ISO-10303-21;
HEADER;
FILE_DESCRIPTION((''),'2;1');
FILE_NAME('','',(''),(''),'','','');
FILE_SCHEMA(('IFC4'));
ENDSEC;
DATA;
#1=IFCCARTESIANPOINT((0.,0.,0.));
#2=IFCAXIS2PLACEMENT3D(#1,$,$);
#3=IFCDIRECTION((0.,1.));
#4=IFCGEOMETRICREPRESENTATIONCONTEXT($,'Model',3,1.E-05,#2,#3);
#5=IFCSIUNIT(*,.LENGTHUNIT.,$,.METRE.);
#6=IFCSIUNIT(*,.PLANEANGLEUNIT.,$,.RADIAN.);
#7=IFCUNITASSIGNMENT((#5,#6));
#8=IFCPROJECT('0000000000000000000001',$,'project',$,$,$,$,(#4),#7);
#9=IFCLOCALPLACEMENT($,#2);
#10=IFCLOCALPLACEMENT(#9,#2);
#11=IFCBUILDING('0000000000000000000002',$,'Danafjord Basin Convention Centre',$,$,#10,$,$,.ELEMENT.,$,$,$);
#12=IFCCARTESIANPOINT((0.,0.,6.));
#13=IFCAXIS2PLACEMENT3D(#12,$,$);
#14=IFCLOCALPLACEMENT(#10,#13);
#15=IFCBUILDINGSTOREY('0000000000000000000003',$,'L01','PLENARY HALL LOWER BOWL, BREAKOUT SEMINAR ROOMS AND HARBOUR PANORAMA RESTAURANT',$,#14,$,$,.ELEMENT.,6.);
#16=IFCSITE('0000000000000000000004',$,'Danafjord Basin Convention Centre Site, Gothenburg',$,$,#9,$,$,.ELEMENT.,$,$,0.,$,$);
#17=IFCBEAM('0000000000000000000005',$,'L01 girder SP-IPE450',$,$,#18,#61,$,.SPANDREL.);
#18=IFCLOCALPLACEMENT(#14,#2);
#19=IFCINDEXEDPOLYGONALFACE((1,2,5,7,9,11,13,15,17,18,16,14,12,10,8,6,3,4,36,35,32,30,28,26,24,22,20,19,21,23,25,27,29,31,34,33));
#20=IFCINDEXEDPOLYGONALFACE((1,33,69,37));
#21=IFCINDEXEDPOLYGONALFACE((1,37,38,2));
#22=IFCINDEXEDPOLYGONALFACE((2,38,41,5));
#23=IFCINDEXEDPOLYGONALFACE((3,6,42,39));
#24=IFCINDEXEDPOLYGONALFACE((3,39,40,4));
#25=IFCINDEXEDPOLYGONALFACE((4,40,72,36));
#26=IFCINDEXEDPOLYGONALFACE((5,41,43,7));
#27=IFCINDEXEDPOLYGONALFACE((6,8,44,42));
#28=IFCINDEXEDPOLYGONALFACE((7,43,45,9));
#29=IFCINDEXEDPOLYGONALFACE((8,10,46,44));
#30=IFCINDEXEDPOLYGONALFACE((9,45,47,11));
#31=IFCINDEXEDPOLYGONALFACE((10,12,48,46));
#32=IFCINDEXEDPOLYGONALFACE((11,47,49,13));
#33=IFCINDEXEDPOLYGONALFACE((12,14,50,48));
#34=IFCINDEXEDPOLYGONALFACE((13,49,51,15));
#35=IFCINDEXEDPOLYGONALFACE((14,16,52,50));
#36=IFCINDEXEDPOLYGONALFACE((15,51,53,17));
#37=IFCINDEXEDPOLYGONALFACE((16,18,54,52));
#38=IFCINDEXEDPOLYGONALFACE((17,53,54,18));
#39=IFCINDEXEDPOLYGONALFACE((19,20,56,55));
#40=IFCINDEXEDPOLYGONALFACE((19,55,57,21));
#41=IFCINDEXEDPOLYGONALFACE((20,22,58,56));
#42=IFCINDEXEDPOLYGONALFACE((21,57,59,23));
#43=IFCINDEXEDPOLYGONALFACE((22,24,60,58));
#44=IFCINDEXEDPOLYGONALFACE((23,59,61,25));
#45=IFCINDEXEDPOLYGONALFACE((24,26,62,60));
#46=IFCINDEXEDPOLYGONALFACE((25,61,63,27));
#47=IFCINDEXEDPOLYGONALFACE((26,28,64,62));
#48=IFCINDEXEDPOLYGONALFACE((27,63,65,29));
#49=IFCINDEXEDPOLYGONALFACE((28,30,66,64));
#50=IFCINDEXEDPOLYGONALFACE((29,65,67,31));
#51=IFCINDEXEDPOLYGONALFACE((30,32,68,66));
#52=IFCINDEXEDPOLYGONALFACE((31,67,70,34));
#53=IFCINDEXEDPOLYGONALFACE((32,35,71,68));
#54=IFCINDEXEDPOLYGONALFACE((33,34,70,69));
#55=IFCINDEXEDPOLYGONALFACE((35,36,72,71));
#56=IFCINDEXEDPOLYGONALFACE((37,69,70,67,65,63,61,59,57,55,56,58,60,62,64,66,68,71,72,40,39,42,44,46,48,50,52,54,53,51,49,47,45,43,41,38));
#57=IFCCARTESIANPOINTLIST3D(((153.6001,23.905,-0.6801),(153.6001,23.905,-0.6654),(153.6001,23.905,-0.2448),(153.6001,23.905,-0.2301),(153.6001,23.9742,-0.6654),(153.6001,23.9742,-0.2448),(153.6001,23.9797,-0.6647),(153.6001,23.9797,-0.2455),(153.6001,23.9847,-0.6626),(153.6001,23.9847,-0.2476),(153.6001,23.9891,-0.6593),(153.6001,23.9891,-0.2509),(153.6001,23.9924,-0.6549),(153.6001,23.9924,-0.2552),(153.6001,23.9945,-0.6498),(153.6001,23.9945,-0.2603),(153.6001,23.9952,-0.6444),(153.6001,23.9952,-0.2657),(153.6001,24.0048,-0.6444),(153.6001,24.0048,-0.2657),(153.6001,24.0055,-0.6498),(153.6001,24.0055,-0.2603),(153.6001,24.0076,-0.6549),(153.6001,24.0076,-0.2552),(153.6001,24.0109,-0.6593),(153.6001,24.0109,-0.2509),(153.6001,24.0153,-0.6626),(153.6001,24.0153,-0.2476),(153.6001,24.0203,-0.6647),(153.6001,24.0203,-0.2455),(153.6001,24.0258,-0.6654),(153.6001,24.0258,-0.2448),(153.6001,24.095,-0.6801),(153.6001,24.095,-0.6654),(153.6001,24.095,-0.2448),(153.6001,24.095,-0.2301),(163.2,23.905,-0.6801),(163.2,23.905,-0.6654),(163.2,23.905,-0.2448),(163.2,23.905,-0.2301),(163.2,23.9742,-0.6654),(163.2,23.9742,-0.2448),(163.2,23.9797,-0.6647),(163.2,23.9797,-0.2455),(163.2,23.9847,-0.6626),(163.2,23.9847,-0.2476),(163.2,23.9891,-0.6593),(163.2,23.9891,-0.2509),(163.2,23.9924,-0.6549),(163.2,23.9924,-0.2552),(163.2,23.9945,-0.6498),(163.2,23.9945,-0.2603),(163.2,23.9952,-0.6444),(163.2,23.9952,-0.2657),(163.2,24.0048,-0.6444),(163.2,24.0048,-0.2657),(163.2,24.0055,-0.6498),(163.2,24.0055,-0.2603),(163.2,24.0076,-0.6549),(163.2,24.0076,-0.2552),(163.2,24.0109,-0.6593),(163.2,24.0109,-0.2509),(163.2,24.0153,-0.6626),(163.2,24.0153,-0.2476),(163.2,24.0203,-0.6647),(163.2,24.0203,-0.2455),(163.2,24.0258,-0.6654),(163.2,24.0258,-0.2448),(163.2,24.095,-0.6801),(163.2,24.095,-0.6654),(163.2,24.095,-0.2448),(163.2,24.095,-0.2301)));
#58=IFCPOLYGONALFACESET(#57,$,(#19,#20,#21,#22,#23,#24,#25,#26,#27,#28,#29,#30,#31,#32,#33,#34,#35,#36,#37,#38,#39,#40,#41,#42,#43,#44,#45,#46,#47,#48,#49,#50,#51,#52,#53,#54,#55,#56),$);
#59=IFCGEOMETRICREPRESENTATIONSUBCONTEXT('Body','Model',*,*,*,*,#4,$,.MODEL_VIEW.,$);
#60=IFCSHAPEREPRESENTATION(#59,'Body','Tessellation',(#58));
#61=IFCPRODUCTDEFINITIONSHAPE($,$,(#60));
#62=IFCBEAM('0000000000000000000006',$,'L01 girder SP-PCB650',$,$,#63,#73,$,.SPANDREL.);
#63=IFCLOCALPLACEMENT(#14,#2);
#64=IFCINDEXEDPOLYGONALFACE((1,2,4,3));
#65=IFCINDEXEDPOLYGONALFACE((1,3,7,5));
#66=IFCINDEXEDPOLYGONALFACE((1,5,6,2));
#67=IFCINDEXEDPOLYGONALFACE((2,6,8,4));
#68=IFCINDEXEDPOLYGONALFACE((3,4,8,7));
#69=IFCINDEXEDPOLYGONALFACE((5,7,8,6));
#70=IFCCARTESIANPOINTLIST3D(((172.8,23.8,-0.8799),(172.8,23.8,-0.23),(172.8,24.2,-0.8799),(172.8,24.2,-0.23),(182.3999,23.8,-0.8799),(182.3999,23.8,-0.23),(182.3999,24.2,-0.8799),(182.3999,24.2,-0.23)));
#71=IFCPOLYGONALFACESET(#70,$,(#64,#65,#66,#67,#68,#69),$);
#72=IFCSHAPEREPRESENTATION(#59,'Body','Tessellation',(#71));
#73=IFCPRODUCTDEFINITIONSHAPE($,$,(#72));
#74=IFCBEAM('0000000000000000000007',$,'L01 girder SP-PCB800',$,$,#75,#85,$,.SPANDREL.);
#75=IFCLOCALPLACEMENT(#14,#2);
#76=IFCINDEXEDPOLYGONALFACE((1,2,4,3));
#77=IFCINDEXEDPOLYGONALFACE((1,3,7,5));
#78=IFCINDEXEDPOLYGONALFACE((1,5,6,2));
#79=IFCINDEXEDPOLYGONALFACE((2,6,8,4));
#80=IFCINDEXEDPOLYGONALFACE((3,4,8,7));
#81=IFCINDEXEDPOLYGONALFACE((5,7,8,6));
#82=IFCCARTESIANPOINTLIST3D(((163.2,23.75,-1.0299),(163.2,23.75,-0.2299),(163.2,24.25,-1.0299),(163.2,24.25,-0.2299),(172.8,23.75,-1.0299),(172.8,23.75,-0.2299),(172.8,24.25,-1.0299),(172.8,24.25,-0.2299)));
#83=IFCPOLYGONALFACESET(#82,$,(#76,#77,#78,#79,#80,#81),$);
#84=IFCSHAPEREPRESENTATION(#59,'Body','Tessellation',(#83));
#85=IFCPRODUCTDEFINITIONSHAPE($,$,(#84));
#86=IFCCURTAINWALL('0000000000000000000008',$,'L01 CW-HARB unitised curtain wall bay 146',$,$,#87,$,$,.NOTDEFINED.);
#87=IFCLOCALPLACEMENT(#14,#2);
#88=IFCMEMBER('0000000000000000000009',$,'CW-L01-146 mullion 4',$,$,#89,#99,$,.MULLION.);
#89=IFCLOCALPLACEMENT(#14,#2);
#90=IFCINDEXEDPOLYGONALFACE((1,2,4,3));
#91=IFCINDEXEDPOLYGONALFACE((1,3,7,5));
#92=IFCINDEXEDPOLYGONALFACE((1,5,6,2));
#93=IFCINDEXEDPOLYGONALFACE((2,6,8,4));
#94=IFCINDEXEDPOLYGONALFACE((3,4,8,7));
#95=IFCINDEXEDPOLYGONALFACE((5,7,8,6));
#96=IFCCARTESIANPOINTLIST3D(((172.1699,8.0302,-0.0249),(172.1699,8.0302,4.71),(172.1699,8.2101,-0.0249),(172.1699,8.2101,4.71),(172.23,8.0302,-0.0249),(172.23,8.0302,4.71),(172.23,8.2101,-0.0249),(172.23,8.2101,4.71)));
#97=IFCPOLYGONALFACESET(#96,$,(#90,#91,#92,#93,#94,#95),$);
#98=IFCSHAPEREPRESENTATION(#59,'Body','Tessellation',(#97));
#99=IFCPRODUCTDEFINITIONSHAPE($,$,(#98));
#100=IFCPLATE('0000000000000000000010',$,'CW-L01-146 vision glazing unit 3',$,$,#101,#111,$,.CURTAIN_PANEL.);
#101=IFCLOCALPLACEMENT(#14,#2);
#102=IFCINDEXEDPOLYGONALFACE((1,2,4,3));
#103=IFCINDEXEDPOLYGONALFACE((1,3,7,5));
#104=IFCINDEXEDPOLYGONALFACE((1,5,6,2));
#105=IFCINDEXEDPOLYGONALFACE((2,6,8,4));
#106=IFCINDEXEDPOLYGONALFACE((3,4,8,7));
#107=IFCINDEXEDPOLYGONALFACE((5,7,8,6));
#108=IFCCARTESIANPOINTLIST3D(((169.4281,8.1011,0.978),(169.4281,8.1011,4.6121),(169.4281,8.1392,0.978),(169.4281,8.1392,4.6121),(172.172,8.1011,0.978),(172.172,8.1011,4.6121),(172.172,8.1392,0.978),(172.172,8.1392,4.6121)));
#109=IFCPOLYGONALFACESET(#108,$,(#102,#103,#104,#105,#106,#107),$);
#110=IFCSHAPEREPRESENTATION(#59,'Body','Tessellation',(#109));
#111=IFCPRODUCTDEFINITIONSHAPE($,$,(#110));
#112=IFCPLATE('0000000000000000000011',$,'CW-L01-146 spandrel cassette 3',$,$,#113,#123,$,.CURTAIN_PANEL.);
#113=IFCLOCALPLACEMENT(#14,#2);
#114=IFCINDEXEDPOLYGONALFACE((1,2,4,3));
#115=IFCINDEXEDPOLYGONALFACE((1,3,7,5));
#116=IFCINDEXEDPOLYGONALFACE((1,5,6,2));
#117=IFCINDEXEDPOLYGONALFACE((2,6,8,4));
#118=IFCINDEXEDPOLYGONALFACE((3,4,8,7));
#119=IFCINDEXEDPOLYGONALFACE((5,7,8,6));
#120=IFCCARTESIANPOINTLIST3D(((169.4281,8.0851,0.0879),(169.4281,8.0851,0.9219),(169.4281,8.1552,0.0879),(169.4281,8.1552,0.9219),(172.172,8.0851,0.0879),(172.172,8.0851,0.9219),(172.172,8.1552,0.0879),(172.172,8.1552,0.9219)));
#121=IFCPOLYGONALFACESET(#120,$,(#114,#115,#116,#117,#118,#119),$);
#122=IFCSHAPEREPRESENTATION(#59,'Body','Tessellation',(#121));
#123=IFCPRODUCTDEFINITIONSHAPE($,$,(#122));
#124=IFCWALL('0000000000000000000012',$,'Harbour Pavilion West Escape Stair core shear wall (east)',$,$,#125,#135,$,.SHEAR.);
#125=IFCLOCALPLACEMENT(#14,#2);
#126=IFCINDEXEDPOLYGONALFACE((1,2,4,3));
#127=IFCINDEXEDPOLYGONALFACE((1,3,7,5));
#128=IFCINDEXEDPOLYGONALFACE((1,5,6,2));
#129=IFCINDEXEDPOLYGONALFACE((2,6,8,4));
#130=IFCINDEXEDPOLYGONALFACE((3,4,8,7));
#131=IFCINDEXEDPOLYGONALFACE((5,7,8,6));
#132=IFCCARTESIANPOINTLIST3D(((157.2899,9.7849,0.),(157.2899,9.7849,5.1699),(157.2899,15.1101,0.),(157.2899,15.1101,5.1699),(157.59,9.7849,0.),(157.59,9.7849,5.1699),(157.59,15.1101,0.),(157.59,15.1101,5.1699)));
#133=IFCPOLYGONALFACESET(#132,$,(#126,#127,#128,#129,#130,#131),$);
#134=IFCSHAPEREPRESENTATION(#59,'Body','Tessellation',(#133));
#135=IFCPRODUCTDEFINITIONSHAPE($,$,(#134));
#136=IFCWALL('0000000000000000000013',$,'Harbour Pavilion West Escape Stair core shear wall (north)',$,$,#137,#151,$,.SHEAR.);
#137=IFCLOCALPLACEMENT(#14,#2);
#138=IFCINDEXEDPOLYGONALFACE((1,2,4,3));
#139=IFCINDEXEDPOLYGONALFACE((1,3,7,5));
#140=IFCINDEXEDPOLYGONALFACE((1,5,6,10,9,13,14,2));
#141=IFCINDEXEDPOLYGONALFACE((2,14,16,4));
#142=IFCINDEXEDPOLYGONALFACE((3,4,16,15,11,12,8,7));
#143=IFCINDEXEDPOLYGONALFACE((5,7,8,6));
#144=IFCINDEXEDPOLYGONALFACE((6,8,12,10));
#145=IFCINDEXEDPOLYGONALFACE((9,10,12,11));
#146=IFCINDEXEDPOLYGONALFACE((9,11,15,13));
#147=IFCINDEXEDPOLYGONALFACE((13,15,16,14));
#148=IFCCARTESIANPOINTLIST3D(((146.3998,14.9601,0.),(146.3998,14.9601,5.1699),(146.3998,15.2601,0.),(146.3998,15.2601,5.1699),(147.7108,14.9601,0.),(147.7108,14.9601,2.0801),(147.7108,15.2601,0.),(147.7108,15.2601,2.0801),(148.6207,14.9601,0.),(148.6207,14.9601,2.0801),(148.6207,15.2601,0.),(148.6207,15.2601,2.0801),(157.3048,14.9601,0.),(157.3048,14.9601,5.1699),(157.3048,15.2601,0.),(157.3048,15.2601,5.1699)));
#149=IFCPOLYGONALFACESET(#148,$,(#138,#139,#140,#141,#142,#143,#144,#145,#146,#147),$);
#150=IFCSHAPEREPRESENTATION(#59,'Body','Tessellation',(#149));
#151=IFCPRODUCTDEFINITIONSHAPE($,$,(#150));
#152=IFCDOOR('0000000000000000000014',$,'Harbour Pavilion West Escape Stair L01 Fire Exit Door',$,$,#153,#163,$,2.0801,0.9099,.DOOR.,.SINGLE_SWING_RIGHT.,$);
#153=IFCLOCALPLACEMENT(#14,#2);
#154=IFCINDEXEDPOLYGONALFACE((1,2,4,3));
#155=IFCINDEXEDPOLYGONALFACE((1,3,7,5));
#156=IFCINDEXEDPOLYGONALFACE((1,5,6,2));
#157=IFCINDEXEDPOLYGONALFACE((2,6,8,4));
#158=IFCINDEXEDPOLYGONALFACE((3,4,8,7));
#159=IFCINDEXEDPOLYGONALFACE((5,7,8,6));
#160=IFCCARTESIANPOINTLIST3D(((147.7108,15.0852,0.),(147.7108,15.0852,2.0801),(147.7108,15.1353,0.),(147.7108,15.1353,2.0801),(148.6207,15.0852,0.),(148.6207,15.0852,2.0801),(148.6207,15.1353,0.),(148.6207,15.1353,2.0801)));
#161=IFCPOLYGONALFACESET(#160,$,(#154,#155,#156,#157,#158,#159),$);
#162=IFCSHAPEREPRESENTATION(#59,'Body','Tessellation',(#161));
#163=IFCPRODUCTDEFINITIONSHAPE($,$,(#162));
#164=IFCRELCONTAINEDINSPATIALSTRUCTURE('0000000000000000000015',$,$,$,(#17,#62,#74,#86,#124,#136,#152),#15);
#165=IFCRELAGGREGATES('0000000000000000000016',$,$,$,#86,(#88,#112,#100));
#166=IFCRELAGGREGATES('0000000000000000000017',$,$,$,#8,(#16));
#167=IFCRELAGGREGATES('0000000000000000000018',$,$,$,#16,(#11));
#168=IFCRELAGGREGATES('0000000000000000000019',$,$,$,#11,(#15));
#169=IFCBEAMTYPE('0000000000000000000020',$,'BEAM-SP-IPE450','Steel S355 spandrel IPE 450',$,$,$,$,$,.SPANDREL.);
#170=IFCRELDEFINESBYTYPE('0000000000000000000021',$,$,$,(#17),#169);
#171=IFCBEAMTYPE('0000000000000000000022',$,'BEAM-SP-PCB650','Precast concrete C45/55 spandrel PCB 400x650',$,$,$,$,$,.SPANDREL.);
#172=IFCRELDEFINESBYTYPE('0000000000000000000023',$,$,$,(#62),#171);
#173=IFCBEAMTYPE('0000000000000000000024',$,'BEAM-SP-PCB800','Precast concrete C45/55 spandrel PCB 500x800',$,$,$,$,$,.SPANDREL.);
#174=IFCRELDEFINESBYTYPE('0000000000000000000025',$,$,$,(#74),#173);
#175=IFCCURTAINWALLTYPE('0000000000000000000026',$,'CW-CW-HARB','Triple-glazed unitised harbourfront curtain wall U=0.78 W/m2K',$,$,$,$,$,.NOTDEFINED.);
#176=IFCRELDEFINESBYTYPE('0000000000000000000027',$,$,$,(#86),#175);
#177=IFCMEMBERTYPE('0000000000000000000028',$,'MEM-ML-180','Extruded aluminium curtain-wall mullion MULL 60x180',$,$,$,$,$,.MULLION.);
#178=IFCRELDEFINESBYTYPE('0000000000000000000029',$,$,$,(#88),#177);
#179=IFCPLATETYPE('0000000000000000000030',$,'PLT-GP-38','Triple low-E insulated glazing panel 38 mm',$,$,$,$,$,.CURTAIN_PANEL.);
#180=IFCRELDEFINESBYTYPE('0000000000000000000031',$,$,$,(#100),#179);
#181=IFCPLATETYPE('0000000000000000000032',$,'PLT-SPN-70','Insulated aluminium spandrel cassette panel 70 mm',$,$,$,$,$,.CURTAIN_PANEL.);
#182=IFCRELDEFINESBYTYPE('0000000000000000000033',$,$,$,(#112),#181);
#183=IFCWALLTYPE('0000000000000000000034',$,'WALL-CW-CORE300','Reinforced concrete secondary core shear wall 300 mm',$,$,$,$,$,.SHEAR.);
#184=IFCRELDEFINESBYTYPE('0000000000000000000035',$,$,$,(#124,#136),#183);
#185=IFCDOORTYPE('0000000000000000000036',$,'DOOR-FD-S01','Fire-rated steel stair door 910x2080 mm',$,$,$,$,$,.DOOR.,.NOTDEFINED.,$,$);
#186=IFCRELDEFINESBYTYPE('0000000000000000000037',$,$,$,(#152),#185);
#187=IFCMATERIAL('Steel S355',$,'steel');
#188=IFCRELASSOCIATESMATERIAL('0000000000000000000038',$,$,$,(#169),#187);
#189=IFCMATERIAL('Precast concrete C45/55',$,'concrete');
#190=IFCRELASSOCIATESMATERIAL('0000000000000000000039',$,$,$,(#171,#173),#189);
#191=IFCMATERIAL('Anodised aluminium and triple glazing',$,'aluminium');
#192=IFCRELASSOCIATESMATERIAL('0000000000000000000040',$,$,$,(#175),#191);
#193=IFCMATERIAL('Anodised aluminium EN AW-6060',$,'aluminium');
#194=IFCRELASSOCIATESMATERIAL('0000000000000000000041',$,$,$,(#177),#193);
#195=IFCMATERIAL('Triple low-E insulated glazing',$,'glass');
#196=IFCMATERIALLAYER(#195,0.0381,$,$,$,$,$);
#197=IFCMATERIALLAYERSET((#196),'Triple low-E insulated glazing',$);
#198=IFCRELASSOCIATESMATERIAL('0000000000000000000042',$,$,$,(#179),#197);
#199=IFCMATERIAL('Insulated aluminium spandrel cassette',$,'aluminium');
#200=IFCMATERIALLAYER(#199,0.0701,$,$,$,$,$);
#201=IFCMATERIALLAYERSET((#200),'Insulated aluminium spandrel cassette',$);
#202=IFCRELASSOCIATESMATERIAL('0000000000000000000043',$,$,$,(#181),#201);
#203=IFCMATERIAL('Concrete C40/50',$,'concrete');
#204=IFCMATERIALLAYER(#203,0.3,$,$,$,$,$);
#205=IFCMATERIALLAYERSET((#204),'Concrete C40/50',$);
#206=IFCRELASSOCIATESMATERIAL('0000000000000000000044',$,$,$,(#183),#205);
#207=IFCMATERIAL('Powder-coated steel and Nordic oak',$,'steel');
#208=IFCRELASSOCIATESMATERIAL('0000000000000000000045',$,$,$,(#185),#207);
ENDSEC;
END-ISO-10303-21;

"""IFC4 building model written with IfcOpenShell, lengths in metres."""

from ifc_helpers import new_model, si_unit, direction, frame, frame_2d, origin, origin_2d, place, context, subcontext, project, spatial, rectangle, i_section, extrude, material, layer, layer_set, material_profile, profile_set, type_object, element, fill, aggregate, save


model = new_model("IFC4")

# Units and contexts
model_context = context("Model", 3, precision=1e-05, world=origin(), true_north=direction((0.0, 1.0)))
body_context = subcontext(model_context, "Body", "Model", "MODEL_VIEW")
ifc_project = project(units=[si_unit("LENGTHUNIT", "METRE"), si_unit("PLANEANGLEUNIT", "RADIAN")], contexts=[model_context])

# Site, building, storey
site_placement = place(None, origin())
site = spatial("IfcSite", under=ifc_project, at=site_placement, Name="Danafjord Basin Convention Centre Site, Gothenburg", CompositionType="ELEMENT", RefElevation=0.0)
building_placement = place(site_placement, origin())
building = spatial("IfcBuilding", under=site, at=building_placement, Name="Danafjord Basin Convention Centre", CompositionType="ELEMENT")
storey_placement = place(building_placement, frame((0.0, 0.0, 6.0)))
storey = spatial("IfcBuildingStorey", under=building, at=storey_placement, Name="L01", Description="PLENARY HALL LOWER BOWL, BREAKOUT SEMINAR ROOMS AND HARBOUR PANORAMA RESTAURANT", CompositionType="ELEMENT", Elevation=6.0)

# Shared definitions
ifc_material_1 = material(Name="Steel S355", Category="steel")

# Beams
ifc_material_profile_1 = material_profile(ifc_material_1, i_section(OverallWidth=0.1899, OverallDepth=0.45, WebThickness=0.0095, FlangeThickness=0.0146, FilletRadius=0.021, at=origin_2d()), Name="IPE 450")
ifc_profile_set_1 = profile_set([ifc_material_profile_1], Name="Steel S355")
beam_type_1 = type_object("IfcBeamType", Name="BEAM-SP-IPE450", Description="Steel S355 spandrel IPE 450", PredefinedType="SPANDREL", material=ifc_profile_set_1)
beam_1_placement = place(storey_placement, frame((153.6001, 24.0, -0.4551), z_axis=(1.0, 0.0, 0.0), x_axis=(0.0, 1.0, 0.0)))
element("IfcBeam", 1, at=beam_1_placement, inside=storey, type_object=beam_type_1, Name="L01 girder SP-IPE450", PredefinedType="SPANDREL", context=body_context, shape_type="SweptSolid", body=[
    extrude(i_section(OverallWidth=0.1899, OverallDepth=0.45, WebThickness=0.0095, FlangeThickness=0.0146, FilletRadius=0.021, at=origin_2d()), origin(), (0.0, 0.0, 1.0), 9.5999),
])
ifc_material_2 = material(Name="Precast concrete C45/55", Category="concrete")
ifc_material_profile_2 = material_profile(ifc_material_2, rectangle(XDim=0.3999, YDim=0.6499, at=origin_2d()), Name="PCB 400x650")
ifc_profile_set_2 = profile_set([ifc_material_profile_2], Name="Precast concrete C45/55")
beam_type_2 = type_object("IfcBeamType", Name="BEAM-SP-PCB650", Description="Precast concrete C45/55 spandrel PCB 400x650", PredefinedType="SPANDREL", material=ifc_profile_set_2)
beam_2_placement = place(storey_placement, frame((172.8, 24.0, -0.5549), z_axis=(1.0, 0.0, 0.0), x_axis=(0.0, 1.0, 0.0)))
element("IfcBeam", 2, at=beam_2_placement, inside=storey, type_object=beam_type_2, Name="L01 girder SP-PCB650", PredefinedType="SPANDREL", context=body_context, shape_type="SweptSolid", body=[
    extrude(rectangle(XDim=0.3999, YDim=0.6499, at=origin_2d()), origin(), (0.0, 0.0, 1.0), 9.5999),
])
ifc_material_profile_3 = material_profile(ifc_material_2, rectangle(XDim=0.5, YDim=0.8, at=origin_2d()), Name="PCB 500x800")
ifc_profile_set_3 = profile_set([ifc_material_profile_3], Name="Precast concrete C45/55")
beam_type_3 = type_object("IfcBeamType", Name="BEAM-SP-PCB800", Description="Precast concrete C45/55 spandrel PCB 500x800", PredefinedType="SPANDREL", material=ifc_profile_set_3)
beam_3_placement = place(storey_placement, frame((163.2, 24.0, -0.6299), z_axis=(1.0, 0.0, 0.0), x_axis=(0.0, 1.0, 0.0)))
element("IfcBeam", 3, at=beam_3_placement, inside=storey, type_object=beam_type_3, Name="L01 girder SP-PCB800", PredefinedType="SPANDREL", context=body_context, shape_type="SweptSolid", body=[
    extrude(rectangle(XDim=0.5, YDim=0.8, at=origin_2d()), origin(), (0.0, 0.0, 1.0), 9.6001),
])

# Curtain wall, member, plates
ifc_material_3 = material(Name="Anodised aluminium and triple glazing", Category="aluminium")
curtain_wall_type = type_object("IfcCurtainWallType", Name="CW-CW-HARB", Description="Triple-glazed unitised harbourfront curtain wall U=0.78 W/m2K", PredefinedType="NOTDEFINED", material=ifc_material_3)
curtain_wall_placement = place(storey_placement, origin())
curtain_wall = element("IfcCurtainWall", 4, at=curtain_wall_placement, inside=storey, type_object=curtain_wall_type, Name="L01 CW-HARB unitised curtain wall bay 146", PredefinedType="NOTDEFINED")
ifc_material_4 = material(Name="Anodised aluminium EN AW-6060", Category="aluminium")
ifc_material_profile_4 = material_profile(ifc_material_4, rectangle(XDim=0.0601, YDim=0.1799, at=origin_2d()), Name="MULL 60x180")
ifc_profile_set_4 = profile_set([ifc_material_profile_4], Name="Anodised aluminium EN AW-6060")
member_type = type_object("IfcMemberType", Name="MEM-ML-180", Description="Extruded aluminium curtain-wall mullion MULL 60x180", PredefinedType="MULLION", material=ifc_profile_set_4)
member_placement = place(storey_placement, frame((172.2, 8.1201, -0.0249), z_axis=(0.0, 0.0, 1.0), x_axis=(1.0, 0.0, 0.0)))
member = element("IfcMember", 5, at=member_placement, type_object=member_type, Name="CW-L01-146 mullion 4", PredefinedType="MULLION", context=body_context, shape_type="SweptSolid", body=[
    extrude(rectangle(XDim=0.0601, YDim=0.1799, at=origin_2d()), origin(), (0.0, 0.0, 1.0), 4.7349),
])
ifc_material_5 = material(Name="Triple low-E insulated glazing", Category="glass")
ifc_layer_1 = layer(ifc_material_5, 0.0381)
ifc_layer_set_1 = layer_set([ifc_layer_1], Name="Triple low-E insulated glazing")
plate_type_1 = type_object("IfcPlateType", Name="PLT-GP-38", Description="Triple low-E insulated glazing panel 38 mm", PredefinedType="CURTAIN_PANEL", material=ifc_layer_set_1)
plate_1_placement = place(storey_placement, frame((170.8, 8.1201, 0.978), z_axis=(0.0, 0.0, 1.0), x_axis=(1.0, 0.0, 0.0)))
plate_1 = element("IfcPlate", 6, at=plate_1_placement, type_object=plate_type_1, Name="CW-L01-146 vision glazing unit 3", PredefinedType="CURTAIN_PANEL", context=body_context, shape_type="SweptSolid", body=[
    extrude(rectangle(XDim=2.7439, YDim=0.0381, at=origin_2d()), origin(), (0.0, 0.0, 1.0), 3.634),
])
ifc_material_6 = material(Name="Insulated aluminium spandrel cassette", Category="aluminium")
ifc_layer_2 = layer(ifc_material_6, 0.0701)
ifc_layer_set_2 = layer_set([ifc_layer_2], Name="Insulated aluminium spandrel cassette")
plate_type_2 = type_object("IfcPlateType", Name="PLT-SPN-70", Description="Insulated aluminium spandrel cassette panel 70 mm", PredefinedType="CURTAIN_PANEL", material=ifc_layer_set_2)
plate_2_placement = place(storey_placement, frame((170.8, 8.1201, 0.0879), z_axis=(0.0, 0.0, 1.0), x_axis=(1.0, 0.0, 0.0)))
plate_2 = element("IfcPlate", 7, at=plate_2_placement, type_object=plate_type_2, Name="CW-L01-146 spandrel cassette 3", PredefinedType="CURTAIN_PANEL", context=body_context, shape_type="SweptSolid", body=[
    extrude(rectangle(XDim=2.7439, YDim=0.0701, at=origin_2d()), origin(), (0.0, 0.0, 1.0), 0.834),
])
aggregate(curtain_wall, [member, plate_2, plate_1])

# Wall
ifc_material_7 = material(Name="Concrete C40/50", Category="concrete")
ifc_layer_3 = layer(ifc_material_7, 0.3)
ifc_layer_set_3 = layer_set([ifc_layer_3], Name="Concrete C40/50")
wall_type = type_object("IfcWallType", Name="WALL-CW-CORE300", Description="Reinforced concrete secondary core shear wall 300 mm", PredefinedType="SHEAR", material=ifc_layer_set_3)
wall_1_placement = place(storey_placement, frame((157.4399, 9.7849, 0.0), z_axis=(0.0, 0.0, 1.0), x_axis=(0.0, 1.0, 0.0)))
element("IfcWall", 8, at=wall_1_placement, inside=storey, type_object=wall_type, Name="Harbour Pavilion West Escape Stair core shear wall (east)", PredefinedType="SHEAR", context=body_context, shape_type="SweptSolid", body=[
    extrude(rectangle(XDim=5.3252, YDim=0.3, at=frame_2d((2.6626, 0.0))), origin(), (0.0, 0.0, 1.0), 5.1699),
])

# Wall, opening, door
wall_2_placement = place(storey_placement, frame((157.3049, 15.1101, 0.0), z_axis=(0.0, 0.0, 1.0), x_axis=(-1.0, 0.0, 0.0)))
wall_2 = element("IfcWall", 9, at=wall_2_placement, inside=storey, type_object=wall_type, Name="Harbour Pavilion West Escape Stair core shear wall (north)", PredefinedType="SHEAR", context=body_context, shape_type="SweptSolid", body=[
    extrude(rectangle(XDim=10.905, YDim=0.3, at=frame_2d((5.4526, 0.0))), origin(), (0.0, 0.0, 1.0), 5.1699),
])
opening_placement = place(wall_2_placement, frame((8.6841, 0.0, 0.0)))
opening = element("IfcOpeningElement", 10, at=opening_placement, cuts=wall_2, PredefinedType="OPENING", context=body_context, shape_type="SweptSolid", body=[
    extrude(rectangle(XDim=0.9099, YDim=2.0801, at=frame_2d((0.4551, 1.04))), frame((0.0, 0.1599, 0.0), z_axis=(0.0, -1.0, 0.0), x_axis=(1.0, 0.0, 0.0)), (0.0, 0.0, 1.0), 0.3201),
])
ifc_material_8 = material(Name="Powder-coated steel and Nordic oak", Category="steel")
door_type = type_object("IfcDoorType", Name="DOOR-FD-S01", Description="Fire-rated steel stair door 910x2080 mm", OperationType="NOTDEFINED", PredefinedType="DOOR", material=ifc_material_8)
door_placement = place(opening_placement, origin())
door = element("IfcDoor", 11, at=door_placement, inside=storey, type_object=door_type, Name="Harbour Pavilion West Escape Stair L01 Fire Exit Door", OperationType="SINGLE_SWING_RIGHT", OverallHeight=2.0801, OverallWidth=0.9099, PredefinedType="DOOR", context=body_context, shape_type="SweptSolid", body=[
    extrude(rectangle(XDim=0.9099, YDim=2.0801, at=frame_2d((0.4551, 1.04))), frame((0.0, 0.0249, 0.0), z_axis=(0.0, -1.0, 0.0), x_axis=(1.0, 0.0, 0.0)), (0.0, 0.0, 1.0), 0.05),
])
fill(opening, door)

save(model, "model.ifc")
